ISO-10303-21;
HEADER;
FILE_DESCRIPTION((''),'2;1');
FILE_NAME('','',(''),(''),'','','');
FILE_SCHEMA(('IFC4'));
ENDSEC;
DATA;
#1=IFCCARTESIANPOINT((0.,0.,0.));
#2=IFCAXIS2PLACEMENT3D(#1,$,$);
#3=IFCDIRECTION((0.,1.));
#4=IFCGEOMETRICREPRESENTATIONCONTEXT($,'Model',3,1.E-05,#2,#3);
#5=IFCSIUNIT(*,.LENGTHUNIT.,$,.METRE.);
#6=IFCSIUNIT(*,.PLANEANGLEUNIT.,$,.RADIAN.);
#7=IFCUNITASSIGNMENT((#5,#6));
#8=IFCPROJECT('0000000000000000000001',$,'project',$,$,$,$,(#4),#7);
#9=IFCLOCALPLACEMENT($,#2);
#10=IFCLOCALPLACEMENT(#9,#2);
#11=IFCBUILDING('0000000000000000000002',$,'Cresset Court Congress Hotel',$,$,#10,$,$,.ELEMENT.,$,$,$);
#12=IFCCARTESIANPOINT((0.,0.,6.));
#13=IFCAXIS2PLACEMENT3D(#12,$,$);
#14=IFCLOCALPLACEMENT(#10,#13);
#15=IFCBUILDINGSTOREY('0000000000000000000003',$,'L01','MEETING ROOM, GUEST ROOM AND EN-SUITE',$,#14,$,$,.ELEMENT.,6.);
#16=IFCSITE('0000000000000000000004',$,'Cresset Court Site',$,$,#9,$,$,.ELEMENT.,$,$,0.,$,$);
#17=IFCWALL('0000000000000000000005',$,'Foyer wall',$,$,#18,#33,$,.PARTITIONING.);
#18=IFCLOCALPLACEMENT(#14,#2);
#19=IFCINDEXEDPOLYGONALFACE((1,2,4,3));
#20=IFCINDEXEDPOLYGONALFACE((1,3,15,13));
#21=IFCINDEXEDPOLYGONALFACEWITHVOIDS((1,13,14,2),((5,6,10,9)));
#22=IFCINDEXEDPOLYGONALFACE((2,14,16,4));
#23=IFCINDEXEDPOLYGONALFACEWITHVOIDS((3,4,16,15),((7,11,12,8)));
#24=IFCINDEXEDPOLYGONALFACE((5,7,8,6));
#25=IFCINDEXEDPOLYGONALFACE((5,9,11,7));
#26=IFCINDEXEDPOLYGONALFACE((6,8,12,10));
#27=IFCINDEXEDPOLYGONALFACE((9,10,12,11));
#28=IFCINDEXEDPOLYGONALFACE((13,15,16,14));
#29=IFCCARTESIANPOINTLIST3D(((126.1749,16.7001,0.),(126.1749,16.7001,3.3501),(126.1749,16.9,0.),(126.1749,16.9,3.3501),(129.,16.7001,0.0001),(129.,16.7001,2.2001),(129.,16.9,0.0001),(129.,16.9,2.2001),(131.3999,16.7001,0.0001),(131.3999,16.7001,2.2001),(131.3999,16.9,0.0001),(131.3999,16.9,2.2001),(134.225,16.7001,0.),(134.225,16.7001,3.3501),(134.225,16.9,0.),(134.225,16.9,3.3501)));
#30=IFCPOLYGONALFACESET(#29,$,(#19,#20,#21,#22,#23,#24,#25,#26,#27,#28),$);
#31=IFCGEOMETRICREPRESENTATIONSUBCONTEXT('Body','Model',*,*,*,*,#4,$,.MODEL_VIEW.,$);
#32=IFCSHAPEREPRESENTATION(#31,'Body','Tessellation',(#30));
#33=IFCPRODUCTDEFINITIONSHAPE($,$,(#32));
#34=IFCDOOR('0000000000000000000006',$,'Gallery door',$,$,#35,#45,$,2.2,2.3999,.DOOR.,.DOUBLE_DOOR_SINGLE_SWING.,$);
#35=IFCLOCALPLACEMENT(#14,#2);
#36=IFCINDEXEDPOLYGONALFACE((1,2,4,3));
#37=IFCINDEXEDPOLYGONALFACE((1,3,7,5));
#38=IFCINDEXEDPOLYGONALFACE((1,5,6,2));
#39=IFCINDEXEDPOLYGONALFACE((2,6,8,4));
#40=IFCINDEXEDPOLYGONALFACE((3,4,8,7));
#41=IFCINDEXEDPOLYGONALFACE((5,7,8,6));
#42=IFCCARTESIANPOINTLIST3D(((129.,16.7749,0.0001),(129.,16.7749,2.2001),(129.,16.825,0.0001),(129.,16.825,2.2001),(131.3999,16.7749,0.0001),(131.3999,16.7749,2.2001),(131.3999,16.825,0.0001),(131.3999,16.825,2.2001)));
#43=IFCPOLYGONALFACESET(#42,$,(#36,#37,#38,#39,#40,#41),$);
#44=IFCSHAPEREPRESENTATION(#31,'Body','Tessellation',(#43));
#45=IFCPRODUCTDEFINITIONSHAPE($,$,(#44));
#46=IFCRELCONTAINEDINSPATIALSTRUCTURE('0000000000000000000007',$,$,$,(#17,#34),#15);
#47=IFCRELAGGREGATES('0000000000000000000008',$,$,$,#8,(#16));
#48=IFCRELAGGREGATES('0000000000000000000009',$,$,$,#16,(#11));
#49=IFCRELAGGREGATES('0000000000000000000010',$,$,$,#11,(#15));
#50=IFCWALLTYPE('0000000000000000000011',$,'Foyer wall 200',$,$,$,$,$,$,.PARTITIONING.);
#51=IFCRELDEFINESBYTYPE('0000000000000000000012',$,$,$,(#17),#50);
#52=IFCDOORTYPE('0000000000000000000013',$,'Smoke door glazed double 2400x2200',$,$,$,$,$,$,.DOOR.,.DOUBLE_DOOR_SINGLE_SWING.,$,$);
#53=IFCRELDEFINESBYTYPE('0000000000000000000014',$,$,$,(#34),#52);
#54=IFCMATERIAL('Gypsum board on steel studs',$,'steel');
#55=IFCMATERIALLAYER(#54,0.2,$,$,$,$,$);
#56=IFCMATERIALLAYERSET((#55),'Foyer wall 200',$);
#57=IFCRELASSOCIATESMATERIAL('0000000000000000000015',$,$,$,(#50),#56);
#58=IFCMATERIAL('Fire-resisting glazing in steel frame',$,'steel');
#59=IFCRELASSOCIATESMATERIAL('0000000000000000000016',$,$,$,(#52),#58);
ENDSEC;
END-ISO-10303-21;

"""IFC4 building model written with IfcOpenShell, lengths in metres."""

from ifc_helpers import new_model, si_unit, direction, frame, frame_2d, origin, place, context, subcontext, project, spatial, rectangle, extrude, material, layer, layer_set, type_object, element, fill, save


model = new_model("IFC4")

# Units and contexts
model_context = context("Model", 3, precision=1e-05, world=origin(), true_north=direction((0.0, 1.0)))
body_context = subcontext(model_context, "Body", "Model", "MODEL_VIEW")
ifc_project = project(units=[si_unit("LENGTHUNIT", "METRE"), si_unit("PLANEANGLEUNIT", "RADIAN")], contexts=[model_context])

# Site, building, storey
site_placement = place(None, origin())
site = spatial("IfcSite", under=ifc_project, at=site_placement, Name="Cresset Court Site", CompositionType="ELEMENT", RefElevation=0.0)
building_placement = place(site_placement, origin())
building = spatial("IfcBuilding", under=site, at=building_placement, Name="Cresset Court Congress Hotel", CompositionType="ELEMENT")
storey_placement = place(building_placement, frame((0.0, 0.0, 6.0)))
storey = spatial("IfcBuildingStorey", under=building, at=storey_placement, Name="L01", Description="MEETING ROOM, GUEST ROOM AND EN-SUITE", CompositionType="ELEMENT", Elevation=6.0)

# Wall, opening, door
ifc_material_1 = material(Name="Gypsum board on steel studs", Category="steel")
ifc_layer_1 = layer(ifc_material_1, 0.2)
ifc_layer_set_1 = layer_set([ifc_layer_1], Name="Foyer wall 200")
wall_type = type_object("IfcWallType", Name="Foyer wall 200", PredefinedType="PARTITIONING", material=ifc_layer_set_1)
wall_1_placement = place(storey_placement, frame((126.175, 16.8, 0.0), z_axis=(0.0, 0.0, 1.0), x_axis=(1.0, 0.0, 0.0)))
wall_1 = element("IfcWall", 1, at=wall_1_placement, inside=storey, type_object=wall_type, Name="Foyer wall", PredefinedType="PARTITIONING", context=body_context, shape_type="SweptSolid", body=[
    extrude(rectangle(XDim=8.05, YDim=0.2, at=frame_2d((4.0249, 0.0))), origin(), (0.0, 0.0, 1.0), 3.3501),
])
opening_1_placement = place(wall_1_placement, frame((2.825, 0.0, 0.0)))
opening_1 = element("IfcOpeningElement", 2, at=opening_1_placement, cuts=wall_1, PredefinedType="OPENING", context=body_context, shape_type="SweptSolid", body=[
    extrude(rectangle(XDim=2.3999, YDim=2.2, at=frame_2d((1.2, 1.1001))), frame((0.0, 0.1099, 0.0), z_axis=(0.0, -1.0, 0.0), x_axis=(1.0, 0.0, 0.0)), (0.0, 0.0, 1.0), 0.22),
])
ifc_material_2 = material(Name="Fire-resisting glazing in steel frame", Category="steel")
door_type_1 = type_object("IfcDoorType", Name="Smoke door glazed double 2400x2200", OperationType="DOUBLE_DOOR_SINGLE_SWING", PredefinedType="DOOR", material=ifc_material_2)
door_1_placement = place(opening_1_placement, origin())
door_1 = element("IfcDoor", 3, at=door_1_placement, inside=storey, type_object=door_type_1, Name="Gallery door", OperationType="DOUBLE_DOOR_SINGLE_SWING", OverallHeight=2.2, OverallWidth=2.3999, PredefinedType="DOOR", context=body_context, shape_type="SweptSolid", body=[
    extrude(rectangle(XDim=2.3999, YDim=2.2, at=frame_2d((1.2, 1.1001))), frame((0.0, 0.0249, 0.0), z_axis=(0.0, -1.0, 0.0), x_axis=(1.0, 0.0, 0.0)), (0.0, 0.0, 1.0), 0.05),
])
fill(opening_1, door_1)

save(model, "model.ifc")
